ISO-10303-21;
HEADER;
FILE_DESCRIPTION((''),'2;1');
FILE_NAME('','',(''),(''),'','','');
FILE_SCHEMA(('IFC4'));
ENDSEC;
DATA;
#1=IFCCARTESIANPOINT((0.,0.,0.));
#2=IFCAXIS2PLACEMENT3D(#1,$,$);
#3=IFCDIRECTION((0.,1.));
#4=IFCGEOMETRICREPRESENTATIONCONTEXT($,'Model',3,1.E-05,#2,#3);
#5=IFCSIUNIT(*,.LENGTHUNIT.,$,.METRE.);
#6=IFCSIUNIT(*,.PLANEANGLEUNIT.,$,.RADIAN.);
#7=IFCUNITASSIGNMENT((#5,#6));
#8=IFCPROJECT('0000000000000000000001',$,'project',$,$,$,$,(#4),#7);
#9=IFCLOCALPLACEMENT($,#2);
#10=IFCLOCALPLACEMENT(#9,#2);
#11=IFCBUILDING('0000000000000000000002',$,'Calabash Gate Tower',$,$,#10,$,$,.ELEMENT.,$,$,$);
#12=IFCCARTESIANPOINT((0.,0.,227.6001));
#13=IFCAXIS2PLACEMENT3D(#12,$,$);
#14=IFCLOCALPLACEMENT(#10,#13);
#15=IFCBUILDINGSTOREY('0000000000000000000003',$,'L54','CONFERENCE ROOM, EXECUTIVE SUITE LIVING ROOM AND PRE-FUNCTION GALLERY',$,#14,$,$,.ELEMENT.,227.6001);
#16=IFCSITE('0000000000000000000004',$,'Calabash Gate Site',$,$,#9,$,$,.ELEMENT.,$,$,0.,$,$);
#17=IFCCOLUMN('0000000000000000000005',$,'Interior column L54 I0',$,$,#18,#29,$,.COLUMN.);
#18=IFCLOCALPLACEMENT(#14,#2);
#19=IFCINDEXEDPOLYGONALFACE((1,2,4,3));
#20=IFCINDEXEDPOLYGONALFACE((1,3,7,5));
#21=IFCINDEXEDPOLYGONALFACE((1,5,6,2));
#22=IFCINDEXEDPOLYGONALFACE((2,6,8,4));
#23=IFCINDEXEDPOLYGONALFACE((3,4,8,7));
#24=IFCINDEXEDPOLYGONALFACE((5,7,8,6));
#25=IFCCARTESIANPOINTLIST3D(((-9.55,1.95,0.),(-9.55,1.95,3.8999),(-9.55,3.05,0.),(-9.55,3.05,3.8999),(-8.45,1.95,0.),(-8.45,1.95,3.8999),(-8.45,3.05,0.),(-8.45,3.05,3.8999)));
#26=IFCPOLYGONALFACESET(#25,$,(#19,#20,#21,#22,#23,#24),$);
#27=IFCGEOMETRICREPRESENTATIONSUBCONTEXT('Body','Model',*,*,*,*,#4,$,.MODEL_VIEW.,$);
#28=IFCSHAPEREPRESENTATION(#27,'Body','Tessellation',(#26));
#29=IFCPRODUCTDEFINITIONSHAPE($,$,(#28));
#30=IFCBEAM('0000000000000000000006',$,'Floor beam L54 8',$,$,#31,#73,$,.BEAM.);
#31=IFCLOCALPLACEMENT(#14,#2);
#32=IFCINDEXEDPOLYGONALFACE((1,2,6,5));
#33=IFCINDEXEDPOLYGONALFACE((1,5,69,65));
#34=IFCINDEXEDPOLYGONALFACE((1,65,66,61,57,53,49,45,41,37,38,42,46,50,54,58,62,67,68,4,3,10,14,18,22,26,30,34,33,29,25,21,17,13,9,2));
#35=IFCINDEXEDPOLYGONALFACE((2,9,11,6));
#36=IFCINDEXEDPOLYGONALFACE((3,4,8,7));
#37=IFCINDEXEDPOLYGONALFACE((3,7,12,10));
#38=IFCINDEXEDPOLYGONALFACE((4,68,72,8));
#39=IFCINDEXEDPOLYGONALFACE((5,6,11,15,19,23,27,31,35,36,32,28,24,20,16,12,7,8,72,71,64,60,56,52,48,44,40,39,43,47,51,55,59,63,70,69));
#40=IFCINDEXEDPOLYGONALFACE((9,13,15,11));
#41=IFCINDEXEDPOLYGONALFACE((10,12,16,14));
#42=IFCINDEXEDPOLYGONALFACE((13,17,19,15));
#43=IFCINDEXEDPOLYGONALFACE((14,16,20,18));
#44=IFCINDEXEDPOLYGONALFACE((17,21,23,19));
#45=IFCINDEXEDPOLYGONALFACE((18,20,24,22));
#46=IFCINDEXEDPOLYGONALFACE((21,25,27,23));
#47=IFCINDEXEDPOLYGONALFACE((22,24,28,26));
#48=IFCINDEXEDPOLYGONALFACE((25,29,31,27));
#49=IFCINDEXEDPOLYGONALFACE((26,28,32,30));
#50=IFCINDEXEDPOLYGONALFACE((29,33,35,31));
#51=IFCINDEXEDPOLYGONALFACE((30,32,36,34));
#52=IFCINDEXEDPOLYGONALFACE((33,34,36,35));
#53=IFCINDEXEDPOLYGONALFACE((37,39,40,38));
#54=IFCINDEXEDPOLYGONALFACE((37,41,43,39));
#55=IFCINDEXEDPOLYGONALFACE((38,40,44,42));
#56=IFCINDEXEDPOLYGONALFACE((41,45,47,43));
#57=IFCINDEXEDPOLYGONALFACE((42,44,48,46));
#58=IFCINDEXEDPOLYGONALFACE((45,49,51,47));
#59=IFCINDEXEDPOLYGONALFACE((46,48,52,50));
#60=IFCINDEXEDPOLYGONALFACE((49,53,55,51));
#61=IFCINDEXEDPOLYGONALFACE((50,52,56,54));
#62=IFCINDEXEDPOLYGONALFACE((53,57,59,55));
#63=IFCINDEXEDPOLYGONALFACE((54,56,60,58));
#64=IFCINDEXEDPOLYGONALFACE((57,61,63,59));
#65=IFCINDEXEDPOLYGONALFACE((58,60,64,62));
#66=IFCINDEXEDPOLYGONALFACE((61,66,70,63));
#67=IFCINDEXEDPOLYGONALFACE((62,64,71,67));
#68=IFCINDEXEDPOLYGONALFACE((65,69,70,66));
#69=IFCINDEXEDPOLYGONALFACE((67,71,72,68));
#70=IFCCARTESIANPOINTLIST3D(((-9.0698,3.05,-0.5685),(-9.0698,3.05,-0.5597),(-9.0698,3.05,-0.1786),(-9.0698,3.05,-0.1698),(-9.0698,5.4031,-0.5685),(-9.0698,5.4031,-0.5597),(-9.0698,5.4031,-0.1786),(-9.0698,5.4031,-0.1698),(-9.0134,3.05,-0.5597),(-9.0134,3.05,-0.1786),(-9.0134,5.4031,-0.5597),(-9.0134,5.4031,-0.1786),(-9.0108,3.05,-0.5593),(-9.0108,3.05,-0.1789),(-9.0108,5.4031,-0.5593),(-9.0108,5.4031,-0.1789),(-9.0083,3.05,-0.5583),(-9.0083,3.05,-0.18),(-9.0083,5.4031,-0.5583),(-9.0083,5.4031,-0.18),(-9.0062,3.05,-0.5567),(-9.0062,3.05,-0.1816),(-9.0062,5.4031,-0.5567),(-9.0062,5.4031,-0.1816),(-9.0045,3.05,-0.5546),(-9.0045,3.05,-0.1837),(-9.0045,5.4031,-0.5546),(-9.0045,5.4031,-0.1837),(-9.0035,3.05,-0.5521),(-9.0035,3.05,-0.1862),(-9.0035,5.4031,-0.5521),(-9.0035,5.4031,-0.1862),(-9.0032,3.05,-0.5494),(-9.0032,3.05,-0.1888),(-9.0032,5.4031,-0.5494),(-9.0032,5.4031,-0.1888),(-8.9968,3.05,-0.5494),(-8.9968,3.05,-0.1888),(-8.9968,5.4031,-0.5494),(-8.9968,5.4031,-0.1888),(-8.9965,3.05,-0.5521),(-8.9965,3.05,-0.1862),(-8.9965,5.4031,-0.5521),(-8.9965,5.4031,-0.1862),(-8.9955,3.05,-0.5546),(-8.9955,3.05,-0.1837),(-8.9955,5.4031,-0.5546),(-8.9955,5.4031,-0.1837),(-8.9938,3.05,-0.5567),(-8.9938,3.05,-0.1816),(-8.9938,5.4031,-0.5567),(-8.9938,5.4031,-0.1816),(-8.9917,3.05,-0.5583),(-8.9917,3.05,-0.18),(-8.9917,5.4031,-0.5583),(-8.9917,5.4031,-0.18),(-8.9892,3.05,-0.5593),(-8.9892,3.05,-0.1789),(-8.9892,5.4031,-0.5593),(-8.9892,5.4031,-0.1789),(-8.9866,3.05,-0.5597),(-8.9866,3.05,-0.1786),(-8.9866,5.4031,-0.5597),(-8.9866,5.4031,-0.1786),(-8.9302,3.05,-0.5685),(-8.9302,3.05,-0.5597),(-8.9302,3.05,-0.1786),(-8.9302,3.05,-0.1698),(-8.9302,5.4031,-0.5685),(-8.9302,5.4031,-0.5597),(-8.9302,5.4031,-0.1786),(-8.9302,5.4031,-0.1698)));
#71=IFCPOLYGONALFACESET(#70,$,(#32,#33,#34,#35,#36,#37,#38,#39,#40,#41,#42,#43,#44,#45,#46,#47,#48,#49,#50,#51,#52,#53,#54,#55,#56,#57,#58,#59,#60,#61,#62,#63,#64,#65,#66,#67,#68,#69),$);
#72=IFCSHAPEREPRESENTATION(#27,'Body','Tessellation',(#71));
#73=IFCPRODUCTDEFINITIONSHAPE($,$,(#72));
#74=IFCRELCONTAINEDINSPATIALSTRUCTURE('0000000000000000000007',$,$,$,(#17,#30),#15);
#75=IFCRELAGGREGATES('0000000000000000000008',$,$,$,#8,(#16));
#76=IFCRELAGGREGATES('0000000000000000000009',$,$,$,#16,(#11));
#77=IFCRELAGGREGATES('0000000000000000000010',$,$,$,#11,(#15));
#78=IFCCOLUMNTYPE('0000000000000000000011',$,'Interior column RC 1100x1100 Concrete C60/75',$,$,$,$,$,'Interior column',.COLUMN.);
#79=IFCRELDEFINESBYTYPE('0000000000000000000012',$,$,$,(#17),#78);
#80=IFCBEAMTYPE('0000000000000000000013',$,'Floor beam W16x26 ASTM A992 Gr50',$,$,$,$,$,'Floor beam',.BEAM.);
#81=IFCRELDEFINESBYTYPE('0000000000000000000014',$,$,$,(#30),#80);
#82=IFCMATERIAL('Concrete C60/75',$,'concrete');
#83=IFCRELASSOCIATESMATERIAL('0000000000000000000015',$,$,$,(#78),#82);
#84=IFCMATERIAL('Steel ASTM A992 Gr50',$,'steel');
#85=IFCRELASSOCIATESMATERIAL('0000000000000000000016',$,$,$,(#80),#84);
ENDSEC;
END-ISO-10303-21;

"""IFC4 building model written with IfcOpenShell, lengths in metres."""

from ifc_helpers import new_model, si_unit, direction, frame, origin, origin_2d, place, context, subcontext, project, spatial, rectangle, i_section, extrude, material, material_profile, profile_set, type_object, element, save


model = new_model("IFC4")

# Units and contexts
model_context = context("Model", 3, precision=1e-05, world=origin(), true_north=direction((0.0, 1.0)))
body_context = subcontext(model_context, "Body", "Model", "MODEL_VIEW")
ifc_project = project(units=[si_unit("LENGTHUNIT", "METRE"), si_unit("PLANEANGLEUNIT", "RADIAN")], contexts=[model_context])

# Site, building, storey
site_placement = place(None, origin())
site = spatial("IfcSite", under=ifc_project, at=site_placement, Name="Calabash Gate Site", CompositionType="ELEMENT", RefElevation=0.0)
building_placement = place(site_placement, origin())
building = spatial("IfcBuilding", under=site, at=building_placement, Name="Calabash Gate Tower", CompositionType="ELEMENT")
storey_placement = place(building_placement, frame((0.0, 0.0, 227.6001)))
storey = spatial("IfcBuildingStorey", under=building, at=storey_placement, Name="L54", Description="CONFERENCE ROOM, EXECUTIVE SUITE LIVING ROOM AND PRE-FUNCTION GALLERY", CompositionType="ELEMENT", Elevation=227.6001)

# Column
ifc_material_1 = material(Name="Concrete C60/75", Category="concrete")
ifc_material_profile_1 = material_profile(ifc_material_1, rectangle(XDim=1.1001, YDim=1.1001, at=origin_2d()))
ifc_profile_set_1 = profile_set([ifc_material_profile_1], Name="Concrete C60/75")
column_type = type_object("IfcColumnType", Name="Interior column RC 1100x1100 Concrete C60/75", ElementType="Interior column", PredefinedType="COLUMN", material=ifc_profile_set_1)
column_placement = place(storey_placement, frame((-9.0, 2.5, 0.0), z_axis=(0.0, 0.0, 1.0), x_axis=(1.0, 0.0, 0.0)))
element("IfcColumn", 1, at=column_placement, inside=storey, type_object=column_type, Name="Interior column L54 I0", PredefinedType="COLUMN", context=body_context, shape_type="SweptSolid", body=[
    extrude(rectangle(XDim=1.1001, YDim=1.1001, at=origin_2d()), origin(), (0.0, 0.0, 1.0), 3.8999),
])

# Beam
ifc_material_2 = material(Name="Steel ASTM A992 Gr50", Category="steel")
ifc_material_profile_2 = material_profile(ifc_material_2, i_section(OverallWidth=0.1396, OverallDepth=0.3987, WebThickness=0.0063, FlangeThickness=0.0088, FilletRadius=0.0103, at=origin_2d()))
ifc_profile_set_2 = profile_set([ifc_material_profile_2], Name="Steel ASTM A992 Gr50")
beam_type = type_object("IfcBeamType", Name="Floor beam W16x26 ASTM A992 Gr50", ElementType="Floor beam", PredefinedType="BEAM", material=ifc_profile_set_2)
beam_placement = place(storey_placement, frame((-9.0, 3.05, -0.3691), z_axis=(0.0, 1.0, 0.0), x_axis=(-1.0, 0.0, 0.0)))
element("IfcBeam", 2, at=beam_placement, inside=storey, type_object=beam_type, Name="Floor beam L54 8", PredefinedType="BEAM", context=body_context, shape_type="SweptSolid", body=[
    extrude(i_section(OverallWidth=0.1396, OverallDepth=0.3987, WebThickness=0.0063, FlangeThickness=0.0088, FilletRadius=0.0103, at=origin_2d()), origin(), (0.0, 0.0, 1.0), 2.353),
])

save(model, "model.ifc")
